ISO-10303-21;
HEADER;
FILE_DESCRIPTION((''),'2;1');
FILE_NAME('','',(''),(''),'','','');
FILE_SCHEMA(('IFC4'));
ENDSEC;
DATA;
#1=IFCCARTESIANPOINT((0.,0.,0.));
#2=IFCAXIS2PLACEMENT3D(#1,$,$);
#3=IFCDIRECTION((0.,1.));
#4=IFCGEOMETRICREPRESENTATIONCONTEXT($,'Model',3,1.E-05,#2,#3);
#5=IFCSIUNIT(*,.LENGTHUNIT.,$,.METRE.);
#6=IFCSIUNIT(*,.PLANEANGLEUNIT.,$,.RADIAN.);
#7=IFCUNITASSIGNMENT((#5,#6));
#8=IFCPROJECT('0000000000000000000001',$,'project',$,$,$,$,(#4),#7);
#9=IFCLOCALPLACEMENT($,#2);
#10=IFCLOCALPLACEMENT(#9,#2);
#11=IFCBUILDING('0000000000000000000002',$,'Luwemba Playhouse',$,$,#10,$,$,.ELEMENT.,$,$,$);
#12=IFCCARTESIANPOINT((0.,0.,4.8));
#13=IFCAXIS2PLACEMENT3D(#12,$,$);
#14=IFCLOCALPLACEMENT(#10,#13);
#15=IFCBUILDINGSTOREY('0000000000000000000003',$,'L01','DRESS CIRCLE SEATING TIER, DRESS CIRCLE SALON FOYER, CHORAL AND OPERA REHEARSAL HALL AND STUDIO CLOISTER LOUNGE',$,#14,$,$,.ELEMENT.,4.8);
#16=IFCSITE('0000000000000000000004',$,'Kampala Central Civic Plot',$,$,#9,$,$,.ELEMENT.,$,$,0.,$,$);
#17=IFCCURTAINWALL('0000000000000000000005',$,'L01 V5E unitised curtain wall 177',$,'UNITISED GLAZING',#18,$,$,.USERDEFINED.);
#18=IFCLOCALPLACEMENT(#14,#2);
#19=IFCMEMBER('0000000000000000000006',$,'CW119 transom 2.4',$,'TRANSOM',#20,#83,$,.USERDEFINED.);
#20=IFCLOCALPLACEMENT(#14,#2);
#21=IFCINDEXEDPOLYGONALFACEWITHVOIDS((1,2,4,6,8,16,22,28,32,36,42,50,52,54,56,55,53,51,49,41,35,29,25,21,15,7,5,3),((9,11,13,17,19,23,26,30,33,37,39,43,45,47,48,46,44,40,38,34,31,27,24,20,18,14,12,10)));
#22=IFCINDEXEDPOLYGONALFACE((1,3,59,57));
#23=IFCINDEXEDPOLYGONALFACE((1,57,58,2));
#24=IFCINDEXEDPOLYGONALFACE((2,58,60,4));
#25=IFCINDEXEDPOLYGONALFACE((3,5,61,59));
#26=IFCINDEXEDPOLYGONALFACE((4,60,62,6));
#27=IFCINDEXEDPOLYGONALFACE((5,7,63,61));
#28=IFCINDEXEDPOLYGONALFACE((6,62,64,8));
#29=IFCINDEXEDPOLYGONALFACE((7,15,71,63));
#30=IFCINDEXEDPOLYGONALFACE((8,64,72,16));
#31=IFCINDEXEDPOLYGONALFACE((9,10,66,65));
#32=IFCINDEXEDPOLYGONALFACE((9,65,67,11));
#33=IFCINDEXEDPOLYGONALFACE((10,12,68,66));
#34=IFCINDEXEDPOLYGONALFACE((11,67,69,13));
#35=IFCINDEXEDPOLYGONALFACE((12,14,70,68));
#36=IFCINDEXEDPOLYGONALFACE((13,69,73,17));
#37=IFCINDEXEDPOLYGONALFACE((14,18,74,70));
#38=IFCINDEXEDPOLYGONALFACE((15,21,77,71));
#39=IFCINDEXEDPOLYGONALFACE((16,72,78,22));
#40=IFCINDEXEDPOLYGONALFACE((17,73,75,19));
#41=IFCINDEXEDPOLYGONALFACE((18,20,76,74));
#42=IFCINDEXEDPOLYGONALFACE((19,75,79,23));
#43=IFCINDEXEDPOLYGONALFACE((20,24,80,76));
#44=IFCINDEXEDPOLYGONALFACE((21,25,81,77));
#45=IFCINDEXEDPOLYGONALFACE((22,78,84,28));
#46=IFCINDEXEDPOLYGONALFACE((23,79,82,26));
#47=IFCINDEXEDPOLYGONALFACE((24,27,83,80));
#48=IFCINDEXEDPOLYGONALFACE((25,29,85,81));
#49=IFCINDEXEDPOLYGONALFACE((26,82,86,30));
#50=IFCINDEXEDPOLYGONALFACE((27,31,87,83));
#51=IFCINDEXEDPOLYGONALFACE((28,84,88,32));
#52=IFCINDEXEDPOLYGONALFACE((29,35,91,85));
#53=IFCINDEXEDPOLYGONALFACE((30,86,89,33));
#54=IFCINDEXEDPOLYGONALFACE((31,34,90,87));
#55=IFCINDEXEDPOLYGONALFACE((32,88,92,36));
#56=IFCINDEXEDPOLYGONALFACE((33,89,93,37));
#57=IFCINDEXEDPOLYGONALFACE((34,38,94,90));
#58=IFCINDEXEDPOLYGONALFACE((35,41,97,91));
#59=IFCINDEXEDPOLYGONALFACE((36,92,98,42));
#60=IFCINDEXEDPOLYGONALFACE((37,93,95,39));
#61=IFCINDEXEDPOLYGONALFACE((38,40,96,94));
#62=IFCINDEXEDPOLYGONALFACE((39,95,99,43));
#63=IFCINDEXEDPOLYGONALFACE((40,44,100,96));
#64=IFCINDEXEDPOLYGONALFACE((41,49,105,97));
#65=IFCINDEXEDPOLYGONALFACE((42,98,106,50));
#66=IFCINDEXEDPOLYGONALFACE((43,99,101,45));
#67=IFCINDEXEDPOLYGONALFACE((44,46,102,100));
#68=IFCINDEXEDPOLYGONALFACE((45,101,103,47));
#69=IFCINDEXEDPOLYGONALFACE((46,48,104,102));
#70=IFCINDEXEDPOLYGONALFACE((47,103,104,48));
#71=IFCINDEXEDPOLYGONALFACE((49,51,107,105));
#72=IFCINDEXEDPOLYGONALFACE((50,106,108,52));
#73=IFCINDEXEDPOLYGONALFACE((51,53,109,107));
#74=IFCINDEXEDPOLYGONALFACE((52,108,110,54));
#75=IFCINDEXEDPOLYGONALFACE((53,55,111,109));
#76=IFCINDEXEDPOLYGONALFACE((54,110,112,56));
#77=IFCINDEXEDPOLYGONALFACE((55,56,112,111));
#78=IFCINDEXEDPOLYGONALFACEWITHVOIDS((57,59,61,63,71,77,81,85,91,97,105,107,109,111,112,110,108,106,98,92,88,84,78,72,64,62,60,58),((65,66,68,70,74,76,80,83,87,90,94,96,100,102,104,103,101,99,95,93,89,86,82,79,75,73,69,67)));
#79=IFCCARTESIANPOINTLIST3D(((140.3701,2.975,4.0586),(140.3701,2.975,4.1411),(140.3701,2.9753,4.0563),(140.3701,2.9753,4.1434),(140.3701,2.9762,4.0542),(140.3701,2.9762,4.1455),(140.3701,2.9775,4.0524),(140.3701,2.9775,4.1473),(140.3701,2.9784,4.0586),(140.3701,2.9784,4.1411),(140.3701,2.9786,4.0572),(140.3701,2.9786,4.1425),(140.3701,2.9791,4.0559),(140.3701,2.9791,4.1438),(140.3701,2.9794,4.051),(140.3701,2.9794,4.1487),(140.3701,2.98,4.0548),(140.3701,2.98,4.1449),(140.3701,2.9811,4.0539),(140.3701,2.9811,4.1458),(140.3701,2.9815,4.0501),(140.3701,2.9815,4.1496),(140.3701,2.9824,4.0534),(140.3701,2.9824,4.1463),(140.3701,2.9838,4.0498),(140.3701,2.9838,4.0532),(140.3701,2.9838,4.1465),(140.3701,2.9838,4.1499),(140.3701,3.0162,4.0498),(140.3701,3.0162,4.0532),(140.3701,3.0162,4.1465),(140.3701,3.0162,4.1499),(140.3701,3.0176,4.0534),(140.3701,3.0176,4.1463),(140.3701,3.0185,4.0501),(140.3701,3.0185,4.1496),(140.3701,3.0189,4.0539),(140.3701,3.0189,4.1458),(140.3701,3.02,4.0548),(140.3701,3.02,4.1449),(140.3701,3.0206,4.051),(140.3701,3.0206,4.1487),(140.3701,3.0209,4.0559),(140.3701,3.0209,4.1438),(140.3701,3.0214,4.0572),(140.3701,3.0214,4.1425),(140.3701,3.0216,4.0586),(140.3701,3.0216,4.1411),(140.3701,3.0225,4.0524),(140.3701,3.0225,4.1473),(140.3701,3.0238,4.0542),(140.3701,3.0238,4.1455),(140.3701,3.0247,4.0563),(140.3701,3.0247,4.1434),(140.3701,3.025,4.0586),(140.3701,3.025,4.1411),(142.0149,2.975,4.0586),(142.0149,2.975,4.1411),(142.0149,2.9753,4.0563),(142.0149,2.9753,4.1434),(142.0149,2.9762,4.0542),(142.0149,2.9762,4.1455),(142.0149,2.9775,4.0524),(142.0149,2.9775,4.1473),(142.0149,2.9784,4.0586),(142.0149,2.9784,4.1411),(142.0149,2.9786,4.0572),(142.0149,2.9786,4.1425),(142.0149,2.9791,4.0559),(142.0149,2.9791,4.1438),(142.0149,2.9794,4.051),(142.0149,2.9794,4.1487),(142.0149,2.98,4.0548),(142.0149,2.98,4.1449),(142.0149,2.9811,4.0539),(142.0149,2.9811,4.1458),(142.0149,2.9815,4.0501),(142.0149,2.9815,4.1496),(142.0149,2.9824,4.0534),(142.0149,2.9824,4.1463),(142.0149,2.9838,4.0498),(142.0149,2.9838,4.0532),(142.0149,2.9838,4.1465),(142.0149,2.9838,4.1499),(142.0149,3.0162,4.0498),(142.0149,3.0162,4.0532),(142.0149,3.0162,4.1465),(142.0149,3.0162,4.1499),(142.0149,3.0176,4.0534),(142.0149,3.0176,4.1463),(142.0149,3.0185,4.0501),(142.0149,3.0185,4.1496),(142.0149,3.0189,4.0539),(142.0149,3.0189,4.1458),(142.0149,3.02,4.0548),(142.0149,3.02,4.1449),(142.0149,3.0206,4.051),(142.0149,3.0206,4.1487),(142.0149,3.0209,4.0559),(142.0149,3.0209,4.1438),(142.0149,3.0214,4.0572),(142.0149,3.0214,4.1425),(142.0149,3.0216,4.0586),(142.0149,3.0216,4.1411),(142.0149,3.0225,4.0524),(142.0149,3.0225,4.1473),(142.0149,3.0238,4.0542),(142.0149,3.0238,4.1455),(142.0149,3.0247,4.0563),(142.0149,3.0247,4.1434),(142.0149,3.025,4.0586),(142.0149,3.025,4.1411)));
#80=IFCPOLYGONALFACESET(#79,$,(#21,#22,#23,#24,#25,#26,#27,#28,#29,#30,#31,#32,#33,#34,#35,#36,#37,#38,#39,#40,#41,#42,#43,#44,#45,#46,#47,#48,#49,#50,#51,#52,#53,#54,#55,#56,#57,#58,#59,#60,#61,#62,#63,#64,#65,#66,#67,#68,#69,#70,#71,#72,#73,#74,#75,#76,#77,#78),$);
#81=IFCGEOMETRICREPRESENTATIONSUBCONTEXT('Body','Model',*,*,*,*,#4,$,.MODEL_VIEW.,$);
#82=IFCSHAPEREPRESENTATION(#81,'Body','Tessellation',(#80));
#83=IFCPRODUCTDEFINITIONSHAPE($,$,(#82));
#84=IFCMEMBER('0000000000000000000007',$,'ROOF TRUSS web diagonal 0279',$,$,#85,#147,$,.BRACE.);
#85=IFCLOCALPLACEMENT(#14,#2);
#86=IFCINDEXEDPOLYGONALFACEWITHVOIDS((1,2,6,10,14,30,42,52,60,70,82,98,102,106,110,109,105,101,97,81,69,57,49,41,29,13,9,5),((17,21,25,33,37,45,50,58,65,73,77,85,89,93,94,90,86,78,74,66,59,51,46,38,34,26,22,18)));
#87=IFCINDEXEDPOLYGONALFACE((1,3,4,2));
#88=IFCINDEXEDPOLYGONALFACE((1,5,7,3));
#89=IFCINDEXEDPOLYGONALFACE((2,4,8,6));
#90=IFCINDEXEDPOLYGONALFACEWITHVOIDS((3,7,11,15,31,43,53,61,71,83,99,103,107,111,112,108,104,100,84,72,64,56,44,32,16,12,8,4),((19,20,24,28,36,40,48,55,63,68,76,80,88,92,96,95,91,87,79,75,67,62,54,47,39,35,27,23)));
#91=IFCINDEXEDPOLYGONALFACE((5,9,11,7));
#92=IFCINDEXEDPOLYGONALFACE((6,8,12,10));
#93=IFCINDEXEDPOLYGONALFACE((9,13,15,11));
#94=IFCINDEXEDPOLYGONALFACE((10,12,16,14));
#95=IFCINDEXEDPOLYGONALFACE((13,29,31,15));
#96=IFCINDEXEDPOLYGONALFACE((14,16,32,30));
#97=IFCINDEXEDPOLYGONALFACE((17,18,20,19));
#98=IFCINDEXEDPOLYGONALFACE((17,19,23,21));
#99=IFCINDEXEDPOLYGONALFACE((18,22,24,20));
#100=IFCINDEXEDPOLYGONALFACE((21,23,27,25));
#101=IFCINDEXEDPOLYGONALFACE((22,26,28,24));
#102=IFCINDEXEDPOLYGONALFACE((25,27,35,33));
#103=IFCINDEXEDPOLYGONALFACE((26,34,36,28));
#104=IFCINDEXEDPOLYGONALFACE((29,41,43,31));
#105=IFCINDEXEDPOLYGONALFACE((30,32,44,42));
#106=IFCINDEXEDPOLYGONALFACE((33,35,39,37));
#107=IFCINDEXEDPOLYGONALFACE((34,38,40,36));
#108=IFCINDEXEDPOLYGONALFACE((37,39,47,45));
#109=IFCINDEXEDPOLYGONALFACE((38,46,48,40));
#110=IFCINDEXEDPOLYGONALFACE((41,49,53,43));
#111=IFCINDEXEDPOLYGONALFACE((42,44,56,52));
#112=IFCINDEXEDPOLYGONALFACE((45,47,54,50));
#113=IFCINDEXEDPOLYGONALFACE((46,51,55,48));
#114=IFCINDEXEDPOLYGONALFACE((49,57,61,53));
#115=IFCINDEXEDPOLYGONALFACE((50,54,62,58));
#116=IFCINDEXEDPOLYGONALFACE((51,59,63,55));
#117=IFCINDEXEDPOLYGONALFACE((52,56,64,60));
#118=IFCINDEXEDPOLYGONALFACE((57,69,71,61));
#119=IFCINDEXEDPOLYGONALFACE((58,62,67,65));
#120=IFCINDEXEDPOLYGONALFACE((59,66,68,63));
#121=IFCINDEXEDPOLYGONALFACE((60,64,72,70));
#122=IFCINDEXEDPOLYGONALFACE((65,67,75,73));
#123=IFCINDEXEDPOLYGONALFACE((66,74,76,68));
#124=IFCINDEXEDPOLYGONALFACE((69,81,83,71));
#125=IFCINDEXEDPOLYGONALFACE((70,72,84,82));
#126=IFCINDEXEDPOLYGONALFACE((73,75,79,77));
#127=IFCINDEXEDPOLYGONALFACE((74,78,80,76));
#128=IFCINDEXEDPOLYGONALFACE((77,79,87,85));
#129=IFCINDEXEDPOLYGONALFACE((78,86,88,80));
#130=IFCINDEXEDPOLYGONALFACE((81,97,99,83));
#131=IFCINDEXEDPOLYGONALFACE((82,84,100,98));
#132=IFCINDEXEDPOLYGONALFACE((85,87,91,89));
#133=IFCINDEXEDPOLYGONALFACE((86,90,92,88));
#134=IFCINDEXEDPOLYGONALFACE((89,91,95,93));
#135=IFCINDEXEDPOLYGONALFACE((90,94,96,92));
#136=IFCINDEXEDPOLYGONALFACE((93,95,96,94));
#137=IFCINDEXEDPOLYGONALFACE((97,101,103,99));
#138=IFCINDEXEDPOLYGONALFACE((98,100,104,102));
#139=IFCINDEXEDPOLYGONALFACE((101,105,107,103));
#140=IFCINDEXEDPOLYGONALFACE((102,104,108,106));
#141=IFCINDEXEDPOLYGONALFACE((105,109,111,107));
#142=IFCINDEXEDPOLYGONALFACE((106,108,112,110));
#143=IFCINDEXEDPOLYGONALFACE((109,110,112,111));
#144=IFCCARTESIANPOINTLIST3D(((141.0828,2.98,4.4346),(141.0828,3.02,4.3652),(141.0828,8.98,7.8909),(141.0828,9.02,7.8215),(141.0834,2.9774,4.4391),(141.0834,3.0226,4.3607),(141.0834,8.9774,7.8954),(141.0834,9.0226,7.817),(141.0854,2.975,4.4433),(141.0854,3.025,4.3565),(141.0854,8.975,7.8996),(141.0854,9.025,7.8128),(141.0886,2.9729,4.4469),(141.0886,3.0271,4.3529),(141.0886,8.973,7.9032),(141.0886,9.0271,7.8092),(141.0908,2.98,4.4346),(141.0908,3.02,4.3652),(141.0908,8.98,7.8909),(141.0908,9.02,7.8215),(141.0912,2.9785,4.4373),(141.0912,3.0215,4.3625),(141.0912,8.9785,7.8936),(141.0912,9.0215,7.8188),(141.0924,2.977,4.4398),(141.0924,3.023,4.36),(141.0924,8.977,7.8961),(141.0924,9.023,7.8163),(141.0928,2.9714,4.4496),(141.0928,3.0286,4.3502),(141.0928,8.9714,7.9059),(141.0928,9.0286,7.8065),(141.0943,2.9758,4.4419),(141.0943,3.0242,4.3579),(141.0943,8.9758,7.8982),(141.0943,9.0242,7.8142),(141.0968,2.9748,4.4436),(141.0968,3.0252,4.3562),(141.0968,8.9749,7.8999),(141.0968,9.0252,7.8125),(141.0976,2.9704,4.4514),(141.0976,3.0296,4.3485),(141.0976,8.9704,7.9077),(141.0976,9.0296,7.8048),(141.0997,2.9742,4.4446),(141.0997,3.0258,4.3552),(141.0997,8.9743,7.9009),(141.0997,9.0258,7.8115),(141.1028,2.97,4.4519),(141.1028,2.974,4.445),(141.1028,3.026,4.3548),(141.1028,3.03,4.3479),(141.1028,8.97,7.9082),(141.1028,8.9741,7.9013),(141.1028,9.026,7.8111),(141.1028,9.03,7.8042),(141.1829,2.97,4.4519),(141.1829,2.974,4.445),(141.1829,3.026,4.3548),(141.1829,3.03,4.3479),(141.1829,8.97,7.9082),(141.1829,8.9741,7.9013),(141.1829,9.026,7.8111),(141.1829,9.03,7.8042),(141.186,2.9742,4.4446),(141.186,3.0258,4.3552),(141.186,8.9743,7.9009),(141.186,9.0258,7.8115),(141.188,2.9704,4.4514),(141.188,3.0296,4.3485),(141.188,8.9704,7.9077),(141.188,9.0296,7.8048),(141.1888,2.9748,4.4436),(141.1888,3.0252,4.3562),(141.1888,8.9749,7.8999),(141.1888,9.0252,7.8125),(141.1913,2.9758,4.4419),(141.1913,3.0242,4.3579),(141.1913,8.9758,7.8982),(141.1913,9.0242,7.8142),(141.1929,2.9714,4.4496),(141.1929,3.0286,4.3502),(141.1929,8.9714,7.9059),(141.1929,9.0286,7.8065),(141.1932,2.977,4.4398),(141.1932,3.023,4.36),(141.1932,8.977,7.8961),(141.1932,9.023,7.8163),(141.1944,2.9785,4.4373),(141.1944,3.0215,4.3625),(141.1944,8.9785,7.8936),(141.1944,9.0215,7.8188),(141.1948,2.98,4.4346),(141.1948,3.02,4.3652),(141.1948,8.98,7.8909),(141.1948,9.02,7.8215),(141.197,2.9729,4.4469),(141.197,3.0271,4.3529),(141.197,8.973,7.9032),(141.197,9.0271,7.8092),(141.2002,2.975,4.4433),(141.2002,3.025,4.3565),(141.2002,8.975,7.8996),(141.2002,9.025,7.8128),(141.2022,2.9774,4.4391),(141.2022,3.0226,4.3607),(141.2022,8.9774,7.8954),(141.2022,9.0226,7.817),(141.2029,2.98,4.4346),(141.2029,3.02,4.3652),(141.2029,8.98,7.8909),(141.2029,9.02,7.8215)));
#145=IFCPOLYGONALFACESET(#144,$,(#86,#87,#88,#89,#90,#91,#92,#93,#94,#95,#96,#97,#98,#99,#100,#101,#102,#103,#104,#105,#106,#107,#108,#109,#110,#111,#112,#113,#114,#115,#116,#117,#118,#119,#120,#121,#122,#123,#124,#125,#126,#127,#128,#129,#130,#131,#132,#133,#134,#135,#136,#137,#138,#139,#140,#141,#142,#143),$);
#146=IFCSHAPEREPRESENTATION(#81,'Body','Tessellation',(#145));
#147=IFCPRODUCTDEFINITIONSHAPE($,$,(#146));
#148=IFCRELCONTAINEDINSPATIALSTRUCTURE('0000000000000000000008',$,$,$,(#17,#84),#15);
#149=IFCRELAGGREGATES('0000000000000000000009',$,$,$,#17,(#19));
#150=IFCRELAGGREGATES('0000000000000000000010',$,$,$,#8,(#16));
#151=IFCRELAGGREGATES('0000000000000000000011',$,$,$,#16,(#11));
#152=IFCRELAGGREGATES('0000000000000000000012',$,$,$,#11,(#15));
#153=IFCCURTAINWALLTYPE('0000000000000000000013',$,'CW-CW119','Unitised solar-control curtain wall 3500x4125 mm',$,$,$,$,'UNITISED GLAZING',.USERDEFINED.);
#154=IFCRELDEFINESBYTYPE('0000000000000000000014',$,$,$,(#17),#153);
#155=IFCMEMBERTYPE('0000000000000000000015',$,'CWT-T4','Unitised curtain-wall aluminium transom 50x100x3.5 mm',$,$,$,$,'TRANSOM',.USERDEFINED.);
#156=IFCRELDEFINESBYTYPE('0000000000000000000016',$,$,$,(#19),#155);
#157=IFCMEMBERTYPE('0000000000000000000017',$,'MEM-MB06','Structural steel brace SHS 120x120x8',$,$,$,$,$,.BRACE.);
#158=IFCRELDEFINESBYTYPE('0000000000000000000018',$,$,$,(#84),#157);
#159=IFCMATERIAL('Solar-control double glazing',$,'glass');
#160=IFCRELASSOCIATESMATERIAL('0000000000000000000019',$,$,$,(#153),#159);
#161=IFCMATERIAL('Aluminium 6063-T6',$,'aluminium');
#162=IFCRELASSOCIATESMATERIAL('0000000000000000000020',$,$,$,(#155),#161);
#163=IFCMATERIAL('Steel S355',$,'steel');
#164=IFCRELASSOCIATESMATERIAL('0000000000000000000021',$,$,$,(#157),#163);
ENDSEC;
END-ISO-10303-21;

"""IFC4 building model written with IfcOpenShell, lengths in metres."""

from ifc_helpers import new_model, si_unit, direction, frame, origin, origin_2d, place, context, subcontext, project, spatial, hollow_rectangle, extrude, material, material_profile, profile_set, type_object, element, aggregate, save


model = new_model("IFC4")

# Units and contexts
model_context = context("Model", 3, precision=1e-05, world=origin(), true_north=direction((0.0, 1.0)))
body_context = subcontext(model_context, "Body", "Model", "MODEL_VIEW")
ifc_project = project(units=[si_unit("LENGTHUNIT", "METRE"), si_unit("PLANEANGLEUNIT", "RADIAN")], contexts=[model_context])

# Site, building, storey
site_placement = place(None, origin())
site = spatial("IfcSite", under=ifc_project, at=site_placement, Name="Kampala Central Civic Plot", CompositionType="ELEMENT", RefElevation=0.0)
building_placement = place(site_placement, origin())
building = spatial("IfcBuilding", under=site, at=building_placement, Name="Luwemba Playhouse", CompositionType="ELEMENT")
storey_placement = place(building_placement, frame((0.0, 0.0, 4.8)))
storey = spatial("IfcBuildingStorey", under=building, at=storey_placement, Name="L01", Description="DRESS CIRCLE SEATING TIER, DRESS CIRCLE SALON FOYER, CHORAL AND OPERA REHEARSAL HALL AND STUDIO CLOISTER LOUNGE", CompositionType="ELEMENT", Elevation=4.8)

# Shared definitions
ifc_material_1 = material(Name="Steel S355", Category="steel")

# Shared definitions
ifc_material_2 = material(Name="Solar-control double glazing", Category="glass")
ifc_material_3 = material(Name="Aluminium 6063-T6", Category="aluminium")

# Curtain wall, member
curtain_wall_type_1 = type_object("IfcCurtainWallType", Name="CW-CW119", Description="Unitised solar-control curtain wall 3500x4125 mm", ElementType="UNITISED GLAZING", PredefinedType="USERDEFINED", material=ifc_material_2)
curtain_wall_1_placement = place(storey_placement, origin())
curtain_wall_1 = element("IfcCurtainWall", 1, at=curtain_wall_1_placement, inside=storey, type_object=curtain_wall_type_1, Name="L01 V5E unitised curtain wall 177", ObjectType="UNITISED GLAZING", PredefinedType="USERDEFINED")
ifc_material_profile_1 = material_profile(ifc_material_3, hollow_rectangle(XDim=0.05, YDim=0.1001, WallThickness=0.0034, InnerFilletRadius=0.0054, OuterFilletRadius=0.0088, at=origin_2d()))
ifc_profile_set_1 = profile_set([ifc_material_profile_1], Name="Aluminium 6063-T6")
member_type_1 = type_object("IfcMemberType", Name="CWT-T4", Description="Unitised curtain-wall aluminium transom 50x100x3.5 mm", ElementType="TRANSOM", PredefinedType="USERDEFINED", material=ifc_profile_set_1)
member_1_placement = place(storey_placement, frame((142.0149, 3.0, 4.0999), z_axis=(-1.0, 0.0, 0.0), x_axis=(0.0, -1.0, 0.0)))
member_1 = element("IfcMember", 2, at=member_1_placement, type_object=member_type_1, Name="CW119 transom 2.4", ObjectType="TRANSOM", PredefinedType="USERDEFINED", context=body_context, shape_type="SweptSolid", body=[
    extrude(hollow_rectangle(XDim=0.05, YDim=0.1001, WallThickness=0.0034, InnerFilletRadius=0.0054, OuterFilletRadius=0.0088, at=origin_2d()), origin(), (0.0, 0.0, 1.0), 1.6448),
])

# Member
ifc_material_profile_2 = material_profile(ifc_material_1, hollow_rectangle(XDim=0.1201, YDim=0.1201, WallThickness=0.0081, InnerFilletRadius=0.012, OuterFilletRadius=0.02, at=origin_2d()))
ifc_profile_set_2 = profile_set([ifc_material_profile_2], Name="Steel S355")
member_type_2 = type_object("IfcMemberType", Name="MEM-MB06", Description="Structural steel brace SHS 120x120x8", PredefinedType="BRACE", material=ifc_profile_set_2)
member_2_placement = place(storey_placement, frame((141.1428, 3.0, 4.3999), z_axis=(0.0, 0.866513, 0.499155), x_axis=(-1.0, 0.0, 0.0)))
element("IfcMember", 3, at=member_2_placement, inside=storey, type_object=member_type_2, Name="ROOF TRUSS web diagonal 0279", PredefinedType="BRACE", context=body_context, shape_type="SweptSolid", body=[
    extrude(hollow_rectangle(XDim=0.1201, YDim=0.1201, WallThickness=0.0081, InnerFilletRadius=0.012, OuterFilletRadius=0.02, at=origin_2d()), origin(), (0.0, 0.0, 1.0), 6.9243),
])

aggregate(curtain_wall_1, [member_1])

save(model, "model.ifc")
